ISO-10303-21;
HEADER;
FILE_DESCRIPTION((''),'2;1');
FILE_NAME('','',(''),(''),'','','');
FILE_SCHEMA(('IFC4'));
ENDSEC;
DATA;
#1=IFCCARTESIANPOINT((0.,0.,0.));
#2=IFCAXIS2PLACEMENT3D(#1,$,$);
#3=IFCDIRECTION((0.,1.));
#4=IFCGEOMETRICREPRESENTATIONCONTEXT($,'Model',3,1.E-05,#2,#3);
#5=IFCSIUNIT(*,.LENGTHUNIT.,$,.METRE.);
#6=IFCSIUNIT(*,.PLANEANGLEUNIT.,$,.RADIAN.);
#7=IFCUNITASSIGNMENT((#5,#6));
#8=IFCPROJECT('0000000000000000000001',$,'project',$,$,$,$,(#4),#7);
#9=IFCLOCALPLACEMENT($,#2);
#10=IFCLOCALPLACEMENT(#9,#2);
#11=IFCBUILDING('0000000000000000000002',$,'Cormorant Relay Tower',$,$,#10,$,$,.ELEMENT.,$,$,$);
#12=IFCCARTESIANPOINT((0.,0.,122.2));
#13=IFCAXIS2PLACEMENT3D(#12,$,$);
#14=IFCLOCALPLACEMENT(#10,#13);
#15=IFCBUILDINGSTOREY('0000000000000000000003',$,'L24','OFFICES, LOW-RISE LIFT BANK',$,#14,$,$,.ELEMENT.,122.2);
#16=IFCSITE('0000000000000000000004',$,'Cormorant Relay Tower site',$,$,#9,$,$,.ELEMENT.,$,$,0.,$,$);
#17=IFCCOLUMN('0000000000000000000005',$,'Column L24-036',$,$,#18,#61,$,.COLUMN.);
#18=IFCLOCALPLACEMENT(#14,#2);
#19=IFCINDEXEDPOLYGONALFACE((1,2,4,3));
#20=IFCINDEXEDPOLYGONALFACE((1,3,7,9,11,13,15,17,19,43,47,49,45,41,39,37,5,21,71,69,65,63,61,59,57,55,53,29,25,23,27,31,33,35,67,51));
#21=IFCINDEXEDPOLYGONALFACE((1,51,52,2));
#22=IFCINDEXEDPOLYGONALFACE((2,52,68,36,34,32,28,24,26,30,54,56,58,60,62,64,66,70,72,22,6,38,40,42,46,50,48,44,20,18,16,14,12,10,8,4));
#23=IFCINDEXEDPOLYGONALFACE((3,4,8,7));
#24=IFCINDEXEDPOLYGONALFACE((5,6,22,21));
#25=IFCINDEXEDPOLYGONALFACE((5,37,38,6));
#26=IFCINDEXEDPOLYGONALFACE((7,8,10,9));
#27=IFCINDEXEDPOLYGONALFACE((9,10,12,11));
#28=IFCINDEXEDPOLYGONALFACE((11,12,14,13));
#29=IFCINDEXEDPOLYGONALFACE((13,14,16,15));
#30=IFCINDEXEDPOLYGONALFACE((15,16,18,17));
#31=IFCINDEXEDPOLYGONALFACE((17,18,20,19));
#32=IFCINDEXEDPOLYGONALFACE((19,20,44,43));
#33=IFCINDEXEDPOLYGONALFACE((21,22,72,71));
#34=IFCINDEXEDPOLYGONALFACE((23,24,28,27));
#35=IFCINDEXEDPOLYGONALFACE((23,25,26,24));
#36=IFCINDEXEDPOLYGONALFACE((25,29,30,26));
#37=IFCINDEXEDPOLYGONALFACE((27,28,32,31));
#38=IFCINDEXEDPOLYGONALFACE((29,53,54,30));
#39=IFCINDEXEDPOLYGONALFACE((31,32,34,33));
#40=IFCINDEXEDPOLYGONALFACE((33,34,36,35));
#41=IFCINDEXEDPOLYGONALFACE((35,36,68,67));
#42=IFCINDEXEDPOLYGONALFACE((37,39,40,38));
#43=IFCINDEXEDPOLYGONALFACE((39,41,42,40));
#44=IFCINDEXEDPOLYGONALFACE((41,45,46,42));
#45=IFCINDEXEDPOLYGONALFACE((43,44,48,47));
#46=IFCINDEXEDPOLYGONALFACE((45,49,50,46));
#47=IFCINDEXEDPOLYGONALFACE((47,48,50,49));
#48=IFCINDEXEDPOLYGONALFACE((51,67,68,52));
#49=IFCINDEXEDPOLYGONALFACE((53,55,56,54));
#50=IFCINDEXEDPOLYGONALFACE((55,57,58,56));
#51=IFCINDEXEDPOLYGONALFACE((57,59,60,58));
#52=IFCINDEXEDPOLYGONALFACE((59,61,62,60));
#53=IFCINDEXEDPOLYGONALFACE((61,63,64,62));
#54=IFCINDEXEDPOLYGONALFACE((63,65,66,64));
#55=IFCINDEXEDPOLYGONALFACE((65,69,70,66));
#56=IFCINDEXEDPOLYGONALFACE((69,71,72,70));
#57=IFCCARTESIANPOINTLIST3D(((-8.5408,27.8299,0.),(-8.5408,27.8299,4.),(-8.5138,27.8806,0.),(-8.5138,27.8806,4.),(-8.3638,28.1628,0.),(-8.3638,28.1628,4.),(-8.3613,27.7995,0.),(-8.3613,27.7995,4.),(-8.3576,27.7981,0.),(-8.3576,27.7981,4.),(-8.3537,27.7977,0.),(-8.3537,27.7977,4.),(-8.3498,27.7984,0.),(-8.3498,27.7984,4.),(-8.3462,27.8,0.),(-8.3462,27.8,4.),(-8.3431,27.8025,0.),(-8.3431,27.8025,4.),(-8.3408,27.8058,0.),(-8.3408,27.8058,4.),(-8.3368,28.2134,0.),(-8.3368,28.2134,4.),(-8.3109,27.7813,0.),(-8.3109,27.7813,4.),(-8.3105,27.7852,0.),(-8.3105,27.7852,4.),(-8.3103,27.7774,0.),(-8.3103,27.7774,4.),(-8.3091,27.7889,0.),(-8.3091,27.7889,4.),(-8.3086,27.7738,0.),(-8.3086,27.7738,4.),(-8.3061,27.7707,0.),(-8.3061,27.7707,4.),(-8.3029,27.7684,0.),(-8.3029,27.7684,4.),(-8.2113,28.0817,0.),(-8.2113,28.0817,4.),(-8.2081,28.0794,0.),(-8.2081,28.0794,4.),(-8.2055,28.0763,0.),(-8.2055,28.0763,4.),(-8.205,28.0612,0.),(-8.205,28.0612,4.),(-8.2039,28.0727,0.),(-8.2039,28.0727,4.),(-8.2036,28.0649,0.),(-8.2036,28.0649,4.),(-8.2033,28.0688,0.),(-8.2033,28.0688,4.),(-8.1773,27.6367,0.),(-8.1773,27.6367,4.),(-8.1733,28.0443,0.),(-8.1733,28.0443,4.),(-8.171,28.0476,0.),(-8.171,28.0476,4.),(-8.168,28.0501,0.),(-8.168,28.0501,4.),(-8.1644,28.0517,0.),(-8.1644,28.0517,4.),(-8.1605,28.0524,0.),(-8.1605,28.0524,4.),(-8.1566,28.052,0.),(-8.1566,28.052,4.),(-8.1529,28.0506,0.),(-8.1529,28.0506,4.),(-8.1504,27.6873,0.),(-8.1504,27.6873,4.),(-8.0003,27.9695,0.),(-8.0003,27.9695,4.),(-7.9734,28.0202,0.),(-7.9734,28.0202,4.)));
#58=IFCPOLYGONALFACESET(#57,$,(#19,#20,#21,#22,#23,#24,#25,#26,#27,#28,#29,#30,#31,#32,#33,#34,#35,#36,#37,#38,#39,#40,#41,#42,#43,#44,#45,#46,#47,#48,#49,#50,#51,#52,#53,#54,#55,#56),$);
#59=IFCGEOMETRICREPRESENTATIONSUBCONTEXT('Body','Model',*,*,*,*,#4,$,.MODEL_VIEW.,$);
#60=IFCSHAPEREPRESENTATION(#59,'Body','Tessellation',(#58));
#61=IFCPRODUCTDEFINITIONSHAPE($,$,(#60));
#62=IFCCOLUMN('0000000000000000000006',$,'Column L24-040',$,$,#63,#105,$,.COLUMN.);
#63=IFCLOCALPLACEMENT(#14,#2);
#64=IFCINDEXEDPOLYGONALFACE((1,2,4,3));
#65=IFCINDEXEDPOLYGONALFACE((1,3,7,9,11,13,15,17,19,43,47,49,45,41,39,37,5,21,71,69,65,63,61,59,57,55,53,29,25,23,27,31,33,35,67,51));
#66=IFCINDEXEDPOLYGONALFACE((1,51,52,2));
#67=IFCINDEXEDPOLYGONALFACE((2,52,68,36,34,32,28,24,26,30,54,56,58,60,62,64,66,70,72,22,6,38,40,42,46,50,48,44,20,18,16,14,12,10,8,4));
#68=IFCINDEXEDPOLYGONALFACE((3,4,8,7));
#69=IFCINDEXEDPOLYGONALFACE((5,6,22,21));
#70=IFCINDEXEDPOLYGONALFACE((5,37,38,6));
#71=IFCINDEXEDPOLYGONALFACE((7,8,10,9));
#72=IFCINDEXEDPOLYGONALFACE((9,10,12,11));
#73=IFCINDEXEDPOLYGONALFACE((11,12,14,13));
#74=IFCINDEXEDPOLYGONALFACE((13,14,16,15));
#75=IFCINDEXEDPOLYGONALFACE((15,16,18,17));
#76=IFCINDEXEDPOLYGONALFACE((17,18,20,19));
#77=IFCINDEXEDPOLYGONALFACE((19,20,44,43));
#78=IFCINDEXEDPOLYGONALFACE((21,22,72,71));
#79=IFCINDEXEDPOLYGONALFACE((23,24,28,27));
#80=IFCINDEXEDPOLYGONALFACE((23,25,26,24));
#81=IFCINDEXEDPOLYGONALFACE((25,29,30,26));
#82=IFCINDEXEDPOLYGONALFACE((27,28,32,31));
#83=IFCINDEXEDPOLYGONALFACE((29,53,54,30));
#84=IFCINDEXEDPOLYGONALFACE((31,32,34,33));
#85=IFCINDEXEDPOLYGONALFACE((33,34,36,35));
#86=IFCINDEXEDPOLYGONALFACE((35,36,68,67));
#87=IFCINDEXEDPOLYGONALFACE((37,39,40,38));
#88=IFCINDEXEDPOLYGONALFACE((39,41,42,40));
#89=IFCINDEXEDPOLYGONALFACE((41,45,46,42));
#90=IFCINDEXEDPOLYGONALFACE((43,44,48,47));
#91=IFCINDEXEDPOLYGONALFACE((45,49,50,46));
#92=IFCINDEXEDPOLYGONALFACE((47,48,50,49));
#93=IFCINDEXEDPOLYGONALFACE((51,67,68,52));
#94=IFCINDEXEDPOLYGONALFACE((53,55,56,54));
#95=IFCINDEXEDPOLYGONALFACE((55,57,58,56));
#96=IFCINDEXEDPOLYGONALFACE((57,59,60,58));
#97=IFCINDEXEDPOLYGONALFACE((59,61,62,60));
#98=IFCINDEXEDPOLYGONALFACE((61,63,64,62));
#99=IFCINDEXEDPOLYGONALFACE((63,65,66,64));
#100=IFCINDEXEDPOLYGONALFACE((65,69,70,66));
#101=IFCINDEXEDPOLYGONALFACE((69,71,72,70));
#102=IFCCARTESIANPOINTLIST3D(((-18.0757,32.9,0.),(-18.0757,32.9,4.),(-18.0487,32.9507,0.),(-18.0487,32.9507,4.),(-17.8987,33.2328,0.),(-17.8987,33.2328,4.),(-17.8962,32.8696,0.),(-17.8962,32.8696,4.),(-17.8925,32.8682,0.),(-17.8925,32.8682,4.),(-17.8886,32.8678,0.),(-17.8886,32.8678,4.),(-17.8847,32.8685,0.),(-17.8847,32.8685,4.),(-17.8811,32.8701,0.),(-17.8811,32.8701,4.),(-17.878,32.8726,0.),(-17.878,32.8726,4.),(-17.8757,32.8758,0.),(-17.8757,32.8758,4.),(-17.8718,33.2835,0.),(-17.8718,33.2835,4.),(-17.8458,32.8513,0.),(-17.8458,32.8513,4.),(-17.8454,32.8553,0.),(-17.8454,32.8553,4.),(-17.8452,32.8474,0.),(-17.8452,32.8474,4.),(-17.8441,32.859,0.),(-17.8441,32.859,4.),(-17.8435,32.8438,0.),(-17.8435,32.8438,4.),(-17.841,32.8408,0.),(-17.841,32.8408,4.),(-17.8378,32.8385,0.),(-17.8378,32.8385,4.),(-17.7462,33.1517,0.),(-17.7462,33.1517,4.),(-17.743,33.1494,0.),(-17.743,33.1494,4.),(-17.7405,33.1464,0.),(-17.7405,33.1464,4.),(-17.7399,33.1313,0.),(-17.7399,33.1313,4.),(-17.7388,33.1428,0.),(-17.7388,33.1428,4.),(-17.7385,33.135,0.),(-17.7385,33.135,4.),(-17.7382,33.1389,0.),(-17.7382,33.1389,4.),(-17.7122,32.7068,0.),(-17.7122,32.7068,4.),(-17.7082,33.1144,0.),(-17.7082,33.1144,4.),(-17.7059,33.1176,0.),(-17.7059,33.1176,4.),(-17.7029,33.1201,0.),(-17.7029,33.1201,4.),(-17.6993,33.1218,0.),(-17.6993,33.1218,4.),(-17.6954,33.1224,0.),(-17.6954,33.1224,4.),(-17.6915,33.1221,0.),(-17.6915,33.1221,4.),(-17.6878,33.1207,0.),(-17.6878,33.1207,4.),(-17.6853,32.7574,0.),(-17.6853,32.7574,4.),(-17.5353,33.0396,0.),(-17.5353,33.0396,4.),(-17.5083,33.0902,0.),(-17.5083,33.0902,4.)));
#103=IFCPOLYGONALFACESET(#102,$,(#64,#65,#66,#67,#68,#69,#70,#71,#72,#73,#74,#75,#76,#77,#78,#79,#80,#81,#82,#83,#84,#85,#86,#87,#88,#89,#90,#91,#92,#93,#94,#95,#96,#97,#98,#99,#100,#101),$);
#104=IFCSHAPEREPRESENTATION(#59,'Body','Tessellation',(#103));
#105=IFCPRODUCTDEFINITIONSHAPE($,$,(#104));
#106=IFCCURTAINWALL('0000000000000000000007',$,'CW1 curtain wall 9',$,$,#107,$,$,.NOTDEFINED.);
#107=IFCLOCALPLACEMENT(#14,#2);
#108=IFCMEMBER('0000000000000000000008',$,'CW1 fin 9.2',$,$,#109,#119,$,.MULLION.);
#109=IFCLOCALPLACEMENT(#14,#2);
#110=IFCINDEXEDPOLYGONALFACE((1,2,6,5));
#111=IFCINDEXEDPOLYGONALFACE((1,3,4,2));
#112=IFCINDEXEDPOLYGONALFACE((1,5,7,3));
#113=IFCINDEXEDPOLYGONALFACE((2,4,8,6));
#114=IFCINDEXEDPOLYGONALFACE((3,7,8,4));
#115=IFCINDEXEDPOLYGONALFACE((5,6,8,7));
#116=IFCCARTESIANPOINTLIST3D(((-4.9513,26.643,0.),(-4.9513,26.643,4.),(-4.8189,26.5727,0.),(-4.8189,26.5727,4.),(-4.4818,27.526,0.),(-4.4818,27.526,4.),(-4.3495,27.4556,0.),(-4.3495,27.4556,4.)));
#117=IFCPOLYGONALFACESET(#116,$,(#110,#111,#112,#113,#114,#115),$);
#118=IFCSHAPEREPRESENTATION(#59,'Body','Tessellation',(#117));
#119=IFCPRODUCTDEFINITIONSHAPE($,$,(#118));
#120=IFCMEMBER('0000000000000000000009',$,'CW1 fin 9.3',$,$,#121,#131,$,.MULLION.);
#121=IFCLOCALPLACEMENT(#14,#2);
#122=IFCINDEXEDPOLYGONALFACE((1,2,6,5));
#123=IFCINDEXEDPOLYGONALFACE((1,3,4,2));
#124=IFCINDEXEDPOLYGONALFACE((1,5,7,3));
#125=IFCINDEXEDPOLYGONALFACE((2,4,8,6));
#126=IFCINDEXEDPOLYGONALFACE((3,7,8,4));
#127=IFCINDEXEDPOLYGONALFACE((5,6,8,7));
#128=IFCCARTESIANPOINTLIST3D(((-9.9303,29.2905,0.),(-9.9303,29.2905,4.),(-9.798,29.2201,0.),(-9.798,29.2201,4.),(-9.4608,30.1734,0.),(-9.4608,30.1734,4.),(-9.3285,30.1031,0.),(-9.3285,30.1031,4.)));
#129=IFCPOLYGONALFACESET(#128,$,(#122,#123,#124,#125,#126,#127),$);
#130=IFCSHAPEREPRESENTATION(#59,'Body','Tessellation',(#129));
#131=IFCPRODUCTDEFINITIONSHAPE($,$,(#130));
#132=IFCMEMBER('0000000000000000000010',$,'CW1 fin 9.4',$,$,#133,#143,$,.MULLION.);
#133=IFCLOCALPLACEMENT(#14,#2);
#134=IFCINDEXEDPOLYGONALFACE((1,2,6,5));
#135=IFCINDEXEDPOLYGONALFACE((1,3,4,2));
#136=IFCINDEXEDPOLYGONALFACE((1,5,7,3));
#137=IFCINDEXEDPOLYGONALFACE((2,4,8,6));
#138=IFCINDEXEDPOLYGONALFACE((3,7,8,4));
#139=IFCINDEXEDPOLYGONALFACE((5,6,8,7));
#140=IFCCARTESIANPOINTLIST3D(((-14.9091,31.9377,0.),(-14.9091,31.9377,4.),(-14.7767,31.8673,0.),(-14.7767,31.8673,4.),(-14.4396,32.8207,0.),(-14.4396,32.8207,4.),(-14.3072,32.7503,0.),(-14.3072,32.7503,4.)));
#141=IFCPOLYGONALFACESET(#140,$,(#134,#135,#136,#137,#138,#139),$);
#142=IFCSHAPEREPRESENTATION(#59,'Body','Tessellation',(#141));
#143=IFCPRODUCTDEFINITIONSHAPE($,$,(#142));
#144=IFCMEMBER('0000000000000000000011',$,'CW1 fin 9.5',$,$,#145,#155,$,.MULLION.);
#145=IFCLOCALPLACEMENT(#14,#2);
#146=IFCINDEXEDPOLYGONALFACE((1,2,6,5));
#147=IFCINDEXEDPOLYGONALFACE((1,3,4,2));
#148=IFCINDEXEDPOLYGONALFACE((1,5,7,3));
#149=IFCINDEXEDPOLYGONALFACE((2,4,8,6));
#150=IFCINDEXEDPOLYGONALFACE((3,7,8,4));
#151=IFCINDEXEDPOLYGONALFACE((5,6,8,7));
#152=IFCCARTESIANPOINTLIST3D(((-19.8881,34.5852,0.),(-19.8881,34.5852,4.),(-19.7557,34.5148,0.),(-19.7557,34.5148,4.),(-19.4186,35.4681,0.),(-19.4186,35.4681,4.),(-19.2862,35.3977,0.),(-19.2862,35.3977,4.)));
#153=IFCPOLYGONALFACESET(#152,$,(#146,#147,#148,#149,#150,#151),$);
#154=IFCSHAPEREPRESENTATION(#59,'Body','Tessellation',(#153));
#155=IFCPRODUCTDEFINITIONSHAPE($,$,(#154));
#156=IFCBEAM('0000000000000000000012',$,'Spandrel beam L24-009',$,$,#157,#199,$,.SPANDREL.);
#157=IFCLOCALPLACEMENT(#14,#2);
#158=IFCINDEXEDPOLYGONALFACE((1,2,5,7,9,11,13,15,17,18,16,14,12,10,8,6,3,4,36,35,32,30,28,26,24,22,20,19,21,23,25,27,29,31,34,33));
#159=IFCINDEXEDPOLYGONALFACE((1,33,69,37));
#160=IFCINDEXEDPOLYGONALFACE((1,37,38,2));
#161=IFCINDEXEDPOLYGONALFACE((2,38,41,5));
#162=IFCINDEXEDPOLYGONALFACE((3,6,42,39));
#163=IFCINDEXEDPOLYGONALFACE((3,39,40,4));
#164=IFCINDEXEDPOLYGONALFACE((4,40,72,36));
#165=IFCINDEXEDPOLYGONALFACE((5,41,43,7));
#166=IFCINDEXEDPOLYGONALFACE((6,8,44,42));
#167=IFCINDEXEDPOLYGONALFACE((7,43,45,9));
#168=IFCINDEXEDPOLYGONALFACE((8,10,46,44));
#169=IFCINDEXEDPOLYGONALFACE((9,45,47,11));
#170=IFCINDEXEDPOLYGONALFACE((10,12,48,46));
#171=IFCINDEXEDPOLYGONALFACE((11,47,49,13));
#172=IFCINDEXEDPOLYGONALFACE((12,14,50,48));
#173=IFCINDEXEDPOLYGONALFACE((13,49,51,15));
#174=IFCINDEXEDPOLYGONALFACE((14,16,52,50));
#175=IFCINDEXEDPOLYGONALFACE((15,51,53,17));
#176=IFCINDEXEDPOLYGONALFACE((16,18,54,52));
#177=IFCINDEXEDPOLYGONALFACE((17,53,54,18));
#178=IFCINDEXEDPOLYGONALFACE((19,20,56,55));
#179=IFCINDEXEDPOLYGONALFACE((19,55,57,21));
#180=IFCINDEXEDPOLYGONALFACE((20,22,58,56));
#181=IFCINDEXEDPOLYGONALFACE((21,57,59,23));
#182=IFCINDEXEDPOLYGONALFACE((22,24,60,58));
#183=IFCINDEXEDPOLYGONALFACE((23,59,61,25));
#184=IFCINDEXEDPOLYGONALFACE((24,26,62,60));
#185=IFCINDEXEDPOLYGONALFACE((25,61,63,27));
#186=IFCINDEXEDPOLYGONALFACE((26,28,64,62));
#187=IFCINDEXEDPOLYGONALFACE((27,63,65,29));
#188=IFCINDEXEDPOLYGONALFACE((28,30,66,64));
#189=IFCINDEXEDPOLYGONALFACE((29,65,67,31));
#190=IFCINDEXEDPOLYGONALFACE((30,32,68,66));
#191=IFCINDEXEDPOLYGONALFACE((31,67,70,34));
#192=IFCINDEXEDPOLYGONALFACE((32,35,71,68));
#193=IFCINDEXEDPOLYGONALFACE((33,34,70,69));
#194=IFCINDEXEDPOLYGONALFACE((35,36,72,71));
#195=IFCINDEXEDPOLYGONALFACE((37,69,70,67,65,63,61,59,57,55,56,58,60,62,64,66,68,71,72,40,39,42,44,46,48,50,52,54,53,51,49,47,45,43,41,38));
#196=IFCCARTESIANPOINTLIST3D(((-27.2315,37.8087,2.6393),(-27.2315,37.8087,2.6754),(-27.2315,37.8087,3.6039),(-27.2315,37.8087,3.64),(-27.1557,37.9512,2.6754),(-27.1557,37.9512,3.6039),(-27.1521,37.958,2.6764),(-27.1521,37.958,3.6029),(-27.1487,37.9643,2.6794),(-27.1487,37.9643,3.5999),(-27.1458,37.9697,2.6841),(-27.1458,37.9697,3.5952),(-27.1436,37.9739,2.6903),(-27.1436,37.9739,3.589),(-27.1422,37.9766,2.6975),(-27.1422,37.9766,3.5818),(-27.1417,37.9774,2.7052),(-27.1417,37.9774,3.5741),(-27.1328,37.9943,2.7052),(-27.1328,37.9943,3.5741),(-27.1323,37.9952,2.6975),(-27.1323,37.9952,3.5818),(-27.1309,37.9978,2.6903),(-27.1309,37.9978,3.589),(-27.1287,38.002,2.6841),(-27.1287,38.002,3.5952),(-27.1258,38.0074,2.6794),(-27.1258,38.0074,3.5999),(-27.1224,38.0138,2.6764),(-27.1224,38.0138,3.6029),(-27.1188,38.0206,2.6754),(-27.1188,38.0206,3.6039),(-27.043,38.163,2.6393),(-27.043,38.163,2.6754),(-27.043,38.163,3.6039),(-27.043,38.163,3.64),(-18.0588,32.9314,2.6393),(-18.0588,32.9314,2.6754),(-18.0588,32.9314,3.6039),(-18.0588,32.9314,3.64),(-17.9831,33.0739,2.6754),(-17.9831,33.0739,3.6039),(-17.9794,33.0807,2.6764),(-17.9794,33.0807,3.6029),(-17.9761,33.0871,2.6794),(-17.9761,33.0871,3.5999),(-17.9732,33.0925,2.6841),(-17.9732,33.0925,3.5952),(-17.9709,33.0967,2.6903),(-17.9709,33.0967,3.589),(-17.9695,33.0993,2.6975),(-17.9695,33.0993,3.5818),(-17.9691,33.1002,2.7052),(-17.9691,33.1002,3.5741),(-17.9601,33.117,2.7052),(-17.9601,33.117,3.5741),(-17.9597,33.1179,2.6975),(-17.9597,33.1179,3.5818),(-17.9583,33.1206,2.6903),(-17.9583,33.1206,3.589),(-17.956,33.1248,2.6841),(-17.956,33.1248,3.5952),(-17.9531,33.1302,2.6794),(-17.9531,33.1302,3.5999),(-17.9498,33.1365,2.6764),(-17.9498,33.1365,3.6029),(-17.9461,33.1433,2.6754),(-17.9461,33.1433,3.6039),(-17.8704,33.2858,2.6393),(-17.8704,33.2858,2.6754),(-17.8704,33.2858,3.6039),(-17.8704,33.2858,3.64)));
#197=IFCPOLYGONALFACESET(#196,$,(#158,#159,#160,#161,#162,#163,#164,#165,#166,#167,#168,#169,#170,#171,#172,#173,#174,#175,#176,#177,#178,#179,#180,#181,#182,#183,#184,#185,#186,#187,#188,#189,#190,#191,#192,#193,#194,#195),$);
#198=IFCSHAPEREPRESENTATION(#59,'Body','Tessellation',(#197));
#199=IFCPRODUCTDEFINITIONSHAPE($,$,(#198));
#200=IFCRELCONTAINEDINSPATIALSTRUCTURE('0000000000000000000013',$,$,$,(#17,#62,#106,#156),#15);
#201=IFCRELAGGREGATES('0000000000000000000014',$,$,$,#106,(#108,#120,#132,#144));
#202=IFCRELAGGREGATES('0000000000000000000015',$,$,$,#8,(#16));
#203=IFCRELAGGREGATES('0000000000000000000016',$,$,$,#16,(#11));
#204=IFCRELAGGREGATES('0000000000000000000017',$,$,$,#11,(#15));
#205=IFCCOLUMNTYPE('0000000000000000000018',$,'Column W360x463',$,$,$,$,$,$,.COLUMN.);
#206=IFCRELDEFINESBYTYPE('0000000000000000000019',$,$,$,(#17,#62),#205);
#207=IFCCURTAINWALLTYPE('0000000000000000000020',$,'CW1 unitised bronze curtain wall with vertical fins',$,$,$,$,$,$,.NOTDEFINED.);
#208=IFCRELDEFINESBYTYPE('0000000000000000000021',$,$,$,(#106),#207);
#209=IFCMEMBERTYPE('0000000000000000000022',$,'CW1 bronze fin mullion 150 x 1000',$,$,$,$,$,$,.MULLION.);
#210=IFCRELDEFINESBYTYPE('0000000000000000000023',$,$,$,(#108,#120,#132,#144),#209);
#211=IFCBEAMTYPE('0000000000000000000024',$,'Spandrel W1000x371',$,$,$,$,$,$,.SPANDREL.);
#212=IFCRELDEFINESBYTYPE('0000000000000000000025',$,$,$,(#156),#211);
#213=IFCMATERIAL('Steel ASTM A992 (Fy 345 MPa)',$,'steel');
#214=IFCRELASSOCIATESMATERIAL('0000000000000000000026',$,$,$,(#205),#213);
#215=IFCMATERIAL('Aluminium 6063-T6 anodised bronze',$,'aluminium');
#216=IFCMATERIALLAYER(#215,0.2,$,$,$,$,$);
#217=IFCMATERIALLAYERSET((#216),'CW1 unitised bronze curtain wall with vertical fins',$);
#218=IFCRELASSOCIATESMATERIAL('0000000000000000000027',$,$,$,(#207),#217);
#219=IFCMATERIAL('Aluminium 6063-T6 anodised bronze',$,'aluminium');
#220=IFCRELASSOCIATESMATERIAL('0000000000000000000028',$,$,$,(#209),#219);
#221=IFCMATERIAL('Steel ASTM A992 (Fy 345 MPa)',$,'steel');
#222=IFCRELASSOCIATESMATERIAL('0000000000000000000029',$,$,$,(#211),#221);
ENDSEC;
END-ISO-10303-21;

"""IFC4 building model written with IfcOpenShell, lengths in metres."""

from ifc_helpers import new_model, si_unit, direction, frame, origin, origin_2d, place, context, subcontext, project, spatial, rectangle, i_section, extrude, material, layer, layer_set, material_profile, profile_set, type_object, element, aggregate, save


model = new_model("IFC4")

# Units and contexts
model_context = context("Model", 3, precision=1e-05, world=origin(), true_north=direction((0.0, 1.0)))
body_context = subcontext(model_context, "Body", "Model", "MODEL_VIEW")
ifc_project = project(units=[si_unit("LENGTHUNIT", "METRE"), si_unit("PLANEANGLEUNIT", "RADIAN")], contexts=[model_context])

# Site, building, storey
site_placement = place(None, origin())
site = spatial("IfcSite", under=ifc_project, at=site_placement, Name="Cormorant Relay Tower site", CompositionType="ELEMENT", RefElevation=0.0)
building_placement = place(site_placement, origin())
building = spatial("IfcBuilding", under=site, at=building_placement, Name="Cormorant Relay Tower", CompositionType="ELEMENT")
storey_placement = place(building_placement, frame((0.0, 0.0, 122.2)))
storey = spatial("IfcBuildingStorey", under=building, at=storey_placement, Name="L24", Description="OFFICES, LOW-RISE LIFT BANK", CompositionType="ELEMENT", Elevation=122.2)

# Columns
ifc_material_1 = material(Name="Steel ASTM A992 (Fy 345 MPa)", Category="steel")
ifc_material_profile_1 = material_profile(ifc_material_1, i_section(OverallWidth=0.4116, OverallDepth=0.4343, WebThickness=0.0359, FlangeThickness=0.0574, FilletRadius=0.0151, at=origin_2d()), Name="W360x463")
ifc_profile_set_1 = profile_set([ifc_material_profile_1], Name="Steel ASTM A992 (Fy 345 MPa)")
column_type = type_object("IfcColumnType", Name="Column W360x463", PredefinedType="COLUMN", material=ifc_profile_set_1)
for number, where, z_axis, x_axis, name in (
    (1, (-8.2571, 27.925, 0.0), (0.0, 0.0, 1.0), (-0.882948, 0.469472, 0.0), "Column L24-036"),
    (2, (-17.792, 32.9951, 0.0), (0.0, 0.0, 1.0), (-0.882948, 0.469472, 0.0), "Column L24-040"),
):
    element("IfcColumn", number, at=place(storey_placement, frame(where, z_axis=z_axis, x_axis=x_axis)), inside=storey, type_object=column_type, Name=name, PredefinedType="COLUMN", context=body_context, shape_type="SweptSolid", body=[
        extrude(i_section(OverallWidth=0.4116, OverallDepth=0.4343, WebThickness=0.0359, FlangeThickness=0.0574, FilletRadius=0.0151, at=origin_2d()), origin(), (0.0, 0.0, 1.0), 4.0),
    ])

# Curtain wall, members
ifc_material_2 = material(Name="Aluminium 6063-T6 anodised bronze", Category="aluminium")
ifc_layer_1 = layer(ifc_material_2, 0.2)
ifc_layer_set_1 = layer_set([ifc_layer_1], Name="CW1 unitised bronze curtain wall with vertical fins")
curtain_wall_type = type_object("IfcCurtainWallType", Name="CW1 unitised bronze curtain wall with vertical fins", PredefinedType="NOTDEFINED", material=ifc_layer_set_1)
curtain_wall_placement = place(storey_placement, origin())
curtain_wall = element("IfcCurtainWall", 3, at=curtain_wall_placement, inside=storey, type_object=curtain_wall_type, Name="CW1 curtain wall 9", PredefinedType="NOTDEFINED")
ifc_material_3 = material(Name="Aluminium 6063-T6 anodised bronze", Category="aluminium")
ifc_material_profile_2 = material_profile(ifc_material_3, rectangle(XDim=0.1499, YDim=1.0, at=origin_2d()), Name="AL 150x1000")
ifc_profile_set_2 = profile_set([ifc_material_profile_2], Name="Aluminium 6063-T6 anodised bronze")
member_type = type_object("IfcMemberType", Name="CW1 bronze fin mullion 150 x 1000", PredefinedType="MULLION", material=ifc_profile_set_2)
member_1_placement = place(storey_placement, frame((-4.6504, 27.0493, 0.0), z_axis=(0.0, 0.0, 1.0), x_axis=(-0.882948, 0.469472, 0.0)))
member_1 = element("IfcMember", 4, at=member_1_placement, type_object=member_type, Name="CW1 fin 9.2", PredefinedType="MULLION", context=body_context, shape_type="SweptSolid", body=[
    extrude(rectangle(XDim=0.1499, YDim=1.0, at=origin_2d()), origin(), (0.0, 0.0, 1.0), 4.0),
])
member_2_placement = place(storey_placement, frame((-9.6294, 29.6968, 0.0), z_axis=(0.0, 0.0, 1.0), x_axis=(-0.882948, 0.469472, 0.0)))
member_2 = element("IfcMember", 5, at=member_2_placement, type_object=member_type, Name="CW1 fin 9.3", PredefinedType="MULLION", context=body_context, shape_type="SweptSolid", body=[
    extrude(rectangle(XDim=0.1499, YDim=1.0, at=origin_2d()), origin(), (0.0, 0.0, 1.0), 4.0),
])
member_3_placement = place(storey_placement, frame((-14.6082, 32.344, 0.0), z_axis=(0.0, 0.0, 1.0), x_axis=(-0.882948, 0.469472, 0.0)))
member_3 = element("IfcMember", 6, at=member_3_placement, type_object=member_type, Name="CW1 fin 9.4", PredefinedType="MULLION", context=body_context, shape_type="SweptSolid", body=[
    extrude(rectangle(XDim=0.1499, YDim=1.0, at=origin_2d()), origin(), (0.0, 0.0, 1.0), 4.0),
])
member_4_placement = place(storey_placement, frame((-19.5872, 34.9915, 0.0), z_axis=(0.0, 0.0, 1.0), x_axis=(-0.882948, 0.469472, 0.0)))
member_4 = element("IfcMember", 7, at=member_4_placement, type_object=member_type, Name="CW1 fin 9.5", PredefinedType="MULLION", context=body_context, shape_type="SweptSolid", body=[
    extrude(rectangle(XDim=0.1499, YDim=1.0, at=origin_2d()), origin(), (0.0, 0.0, 1.0), 4.0),
])

# Beam
ifc_material_4 = material(Name="Steel ASTM A992 (Fy 345 MPa)", Category="steel")
ifc_material_profile_3 = material_profile(ifc_material_4, i_section(OverallWidth=0.4014, OverallDepth=1.0007, WebThickness=0.019, FlangeThickness=0.0361, FilletRadius=0.0298, at=origin_2d()), Name="W1000x371")
ifc_profile_set_3 = profile_set([ifc_material_profile_3], Name="Steel ASTM A992 (Fy 345 MPa)")
beam_type_1 = type_object("IfcBeamType", Name="Spandrel W1000x371", PredefinedType="SPANDREL", material=ifc_profile_set_3)
beam_1_placement = place(storey_placement, frame((-17.9646, 33.1086, 3.1396), z_axis=(-0.882946, 0.469474, 0.0), x_axis=(-0.469474, -0.882946, 0.0)))
element("IfcBeam", 8, at=beam_1_placement, inside=storey, type_object=beam_type_1, Name="Spandrel beam L24-009", PredefinedType="SPANDREL", context=body_context, shape_type="SweptSolid", body=[
    extrude(i_section(OverallWidth=0.4014, OverallDepth=1.0007, WebThickness=0.019, FlangeThickness=0.0361, FilletRadius=0.0298, at=origin_2d()), origin(), (0.0, 0.0, 1.0), 10.3887),
])

aggregate(curtain_wall, [member_1, member_2, member_3, member_4])

save(model, "model.ifc")
